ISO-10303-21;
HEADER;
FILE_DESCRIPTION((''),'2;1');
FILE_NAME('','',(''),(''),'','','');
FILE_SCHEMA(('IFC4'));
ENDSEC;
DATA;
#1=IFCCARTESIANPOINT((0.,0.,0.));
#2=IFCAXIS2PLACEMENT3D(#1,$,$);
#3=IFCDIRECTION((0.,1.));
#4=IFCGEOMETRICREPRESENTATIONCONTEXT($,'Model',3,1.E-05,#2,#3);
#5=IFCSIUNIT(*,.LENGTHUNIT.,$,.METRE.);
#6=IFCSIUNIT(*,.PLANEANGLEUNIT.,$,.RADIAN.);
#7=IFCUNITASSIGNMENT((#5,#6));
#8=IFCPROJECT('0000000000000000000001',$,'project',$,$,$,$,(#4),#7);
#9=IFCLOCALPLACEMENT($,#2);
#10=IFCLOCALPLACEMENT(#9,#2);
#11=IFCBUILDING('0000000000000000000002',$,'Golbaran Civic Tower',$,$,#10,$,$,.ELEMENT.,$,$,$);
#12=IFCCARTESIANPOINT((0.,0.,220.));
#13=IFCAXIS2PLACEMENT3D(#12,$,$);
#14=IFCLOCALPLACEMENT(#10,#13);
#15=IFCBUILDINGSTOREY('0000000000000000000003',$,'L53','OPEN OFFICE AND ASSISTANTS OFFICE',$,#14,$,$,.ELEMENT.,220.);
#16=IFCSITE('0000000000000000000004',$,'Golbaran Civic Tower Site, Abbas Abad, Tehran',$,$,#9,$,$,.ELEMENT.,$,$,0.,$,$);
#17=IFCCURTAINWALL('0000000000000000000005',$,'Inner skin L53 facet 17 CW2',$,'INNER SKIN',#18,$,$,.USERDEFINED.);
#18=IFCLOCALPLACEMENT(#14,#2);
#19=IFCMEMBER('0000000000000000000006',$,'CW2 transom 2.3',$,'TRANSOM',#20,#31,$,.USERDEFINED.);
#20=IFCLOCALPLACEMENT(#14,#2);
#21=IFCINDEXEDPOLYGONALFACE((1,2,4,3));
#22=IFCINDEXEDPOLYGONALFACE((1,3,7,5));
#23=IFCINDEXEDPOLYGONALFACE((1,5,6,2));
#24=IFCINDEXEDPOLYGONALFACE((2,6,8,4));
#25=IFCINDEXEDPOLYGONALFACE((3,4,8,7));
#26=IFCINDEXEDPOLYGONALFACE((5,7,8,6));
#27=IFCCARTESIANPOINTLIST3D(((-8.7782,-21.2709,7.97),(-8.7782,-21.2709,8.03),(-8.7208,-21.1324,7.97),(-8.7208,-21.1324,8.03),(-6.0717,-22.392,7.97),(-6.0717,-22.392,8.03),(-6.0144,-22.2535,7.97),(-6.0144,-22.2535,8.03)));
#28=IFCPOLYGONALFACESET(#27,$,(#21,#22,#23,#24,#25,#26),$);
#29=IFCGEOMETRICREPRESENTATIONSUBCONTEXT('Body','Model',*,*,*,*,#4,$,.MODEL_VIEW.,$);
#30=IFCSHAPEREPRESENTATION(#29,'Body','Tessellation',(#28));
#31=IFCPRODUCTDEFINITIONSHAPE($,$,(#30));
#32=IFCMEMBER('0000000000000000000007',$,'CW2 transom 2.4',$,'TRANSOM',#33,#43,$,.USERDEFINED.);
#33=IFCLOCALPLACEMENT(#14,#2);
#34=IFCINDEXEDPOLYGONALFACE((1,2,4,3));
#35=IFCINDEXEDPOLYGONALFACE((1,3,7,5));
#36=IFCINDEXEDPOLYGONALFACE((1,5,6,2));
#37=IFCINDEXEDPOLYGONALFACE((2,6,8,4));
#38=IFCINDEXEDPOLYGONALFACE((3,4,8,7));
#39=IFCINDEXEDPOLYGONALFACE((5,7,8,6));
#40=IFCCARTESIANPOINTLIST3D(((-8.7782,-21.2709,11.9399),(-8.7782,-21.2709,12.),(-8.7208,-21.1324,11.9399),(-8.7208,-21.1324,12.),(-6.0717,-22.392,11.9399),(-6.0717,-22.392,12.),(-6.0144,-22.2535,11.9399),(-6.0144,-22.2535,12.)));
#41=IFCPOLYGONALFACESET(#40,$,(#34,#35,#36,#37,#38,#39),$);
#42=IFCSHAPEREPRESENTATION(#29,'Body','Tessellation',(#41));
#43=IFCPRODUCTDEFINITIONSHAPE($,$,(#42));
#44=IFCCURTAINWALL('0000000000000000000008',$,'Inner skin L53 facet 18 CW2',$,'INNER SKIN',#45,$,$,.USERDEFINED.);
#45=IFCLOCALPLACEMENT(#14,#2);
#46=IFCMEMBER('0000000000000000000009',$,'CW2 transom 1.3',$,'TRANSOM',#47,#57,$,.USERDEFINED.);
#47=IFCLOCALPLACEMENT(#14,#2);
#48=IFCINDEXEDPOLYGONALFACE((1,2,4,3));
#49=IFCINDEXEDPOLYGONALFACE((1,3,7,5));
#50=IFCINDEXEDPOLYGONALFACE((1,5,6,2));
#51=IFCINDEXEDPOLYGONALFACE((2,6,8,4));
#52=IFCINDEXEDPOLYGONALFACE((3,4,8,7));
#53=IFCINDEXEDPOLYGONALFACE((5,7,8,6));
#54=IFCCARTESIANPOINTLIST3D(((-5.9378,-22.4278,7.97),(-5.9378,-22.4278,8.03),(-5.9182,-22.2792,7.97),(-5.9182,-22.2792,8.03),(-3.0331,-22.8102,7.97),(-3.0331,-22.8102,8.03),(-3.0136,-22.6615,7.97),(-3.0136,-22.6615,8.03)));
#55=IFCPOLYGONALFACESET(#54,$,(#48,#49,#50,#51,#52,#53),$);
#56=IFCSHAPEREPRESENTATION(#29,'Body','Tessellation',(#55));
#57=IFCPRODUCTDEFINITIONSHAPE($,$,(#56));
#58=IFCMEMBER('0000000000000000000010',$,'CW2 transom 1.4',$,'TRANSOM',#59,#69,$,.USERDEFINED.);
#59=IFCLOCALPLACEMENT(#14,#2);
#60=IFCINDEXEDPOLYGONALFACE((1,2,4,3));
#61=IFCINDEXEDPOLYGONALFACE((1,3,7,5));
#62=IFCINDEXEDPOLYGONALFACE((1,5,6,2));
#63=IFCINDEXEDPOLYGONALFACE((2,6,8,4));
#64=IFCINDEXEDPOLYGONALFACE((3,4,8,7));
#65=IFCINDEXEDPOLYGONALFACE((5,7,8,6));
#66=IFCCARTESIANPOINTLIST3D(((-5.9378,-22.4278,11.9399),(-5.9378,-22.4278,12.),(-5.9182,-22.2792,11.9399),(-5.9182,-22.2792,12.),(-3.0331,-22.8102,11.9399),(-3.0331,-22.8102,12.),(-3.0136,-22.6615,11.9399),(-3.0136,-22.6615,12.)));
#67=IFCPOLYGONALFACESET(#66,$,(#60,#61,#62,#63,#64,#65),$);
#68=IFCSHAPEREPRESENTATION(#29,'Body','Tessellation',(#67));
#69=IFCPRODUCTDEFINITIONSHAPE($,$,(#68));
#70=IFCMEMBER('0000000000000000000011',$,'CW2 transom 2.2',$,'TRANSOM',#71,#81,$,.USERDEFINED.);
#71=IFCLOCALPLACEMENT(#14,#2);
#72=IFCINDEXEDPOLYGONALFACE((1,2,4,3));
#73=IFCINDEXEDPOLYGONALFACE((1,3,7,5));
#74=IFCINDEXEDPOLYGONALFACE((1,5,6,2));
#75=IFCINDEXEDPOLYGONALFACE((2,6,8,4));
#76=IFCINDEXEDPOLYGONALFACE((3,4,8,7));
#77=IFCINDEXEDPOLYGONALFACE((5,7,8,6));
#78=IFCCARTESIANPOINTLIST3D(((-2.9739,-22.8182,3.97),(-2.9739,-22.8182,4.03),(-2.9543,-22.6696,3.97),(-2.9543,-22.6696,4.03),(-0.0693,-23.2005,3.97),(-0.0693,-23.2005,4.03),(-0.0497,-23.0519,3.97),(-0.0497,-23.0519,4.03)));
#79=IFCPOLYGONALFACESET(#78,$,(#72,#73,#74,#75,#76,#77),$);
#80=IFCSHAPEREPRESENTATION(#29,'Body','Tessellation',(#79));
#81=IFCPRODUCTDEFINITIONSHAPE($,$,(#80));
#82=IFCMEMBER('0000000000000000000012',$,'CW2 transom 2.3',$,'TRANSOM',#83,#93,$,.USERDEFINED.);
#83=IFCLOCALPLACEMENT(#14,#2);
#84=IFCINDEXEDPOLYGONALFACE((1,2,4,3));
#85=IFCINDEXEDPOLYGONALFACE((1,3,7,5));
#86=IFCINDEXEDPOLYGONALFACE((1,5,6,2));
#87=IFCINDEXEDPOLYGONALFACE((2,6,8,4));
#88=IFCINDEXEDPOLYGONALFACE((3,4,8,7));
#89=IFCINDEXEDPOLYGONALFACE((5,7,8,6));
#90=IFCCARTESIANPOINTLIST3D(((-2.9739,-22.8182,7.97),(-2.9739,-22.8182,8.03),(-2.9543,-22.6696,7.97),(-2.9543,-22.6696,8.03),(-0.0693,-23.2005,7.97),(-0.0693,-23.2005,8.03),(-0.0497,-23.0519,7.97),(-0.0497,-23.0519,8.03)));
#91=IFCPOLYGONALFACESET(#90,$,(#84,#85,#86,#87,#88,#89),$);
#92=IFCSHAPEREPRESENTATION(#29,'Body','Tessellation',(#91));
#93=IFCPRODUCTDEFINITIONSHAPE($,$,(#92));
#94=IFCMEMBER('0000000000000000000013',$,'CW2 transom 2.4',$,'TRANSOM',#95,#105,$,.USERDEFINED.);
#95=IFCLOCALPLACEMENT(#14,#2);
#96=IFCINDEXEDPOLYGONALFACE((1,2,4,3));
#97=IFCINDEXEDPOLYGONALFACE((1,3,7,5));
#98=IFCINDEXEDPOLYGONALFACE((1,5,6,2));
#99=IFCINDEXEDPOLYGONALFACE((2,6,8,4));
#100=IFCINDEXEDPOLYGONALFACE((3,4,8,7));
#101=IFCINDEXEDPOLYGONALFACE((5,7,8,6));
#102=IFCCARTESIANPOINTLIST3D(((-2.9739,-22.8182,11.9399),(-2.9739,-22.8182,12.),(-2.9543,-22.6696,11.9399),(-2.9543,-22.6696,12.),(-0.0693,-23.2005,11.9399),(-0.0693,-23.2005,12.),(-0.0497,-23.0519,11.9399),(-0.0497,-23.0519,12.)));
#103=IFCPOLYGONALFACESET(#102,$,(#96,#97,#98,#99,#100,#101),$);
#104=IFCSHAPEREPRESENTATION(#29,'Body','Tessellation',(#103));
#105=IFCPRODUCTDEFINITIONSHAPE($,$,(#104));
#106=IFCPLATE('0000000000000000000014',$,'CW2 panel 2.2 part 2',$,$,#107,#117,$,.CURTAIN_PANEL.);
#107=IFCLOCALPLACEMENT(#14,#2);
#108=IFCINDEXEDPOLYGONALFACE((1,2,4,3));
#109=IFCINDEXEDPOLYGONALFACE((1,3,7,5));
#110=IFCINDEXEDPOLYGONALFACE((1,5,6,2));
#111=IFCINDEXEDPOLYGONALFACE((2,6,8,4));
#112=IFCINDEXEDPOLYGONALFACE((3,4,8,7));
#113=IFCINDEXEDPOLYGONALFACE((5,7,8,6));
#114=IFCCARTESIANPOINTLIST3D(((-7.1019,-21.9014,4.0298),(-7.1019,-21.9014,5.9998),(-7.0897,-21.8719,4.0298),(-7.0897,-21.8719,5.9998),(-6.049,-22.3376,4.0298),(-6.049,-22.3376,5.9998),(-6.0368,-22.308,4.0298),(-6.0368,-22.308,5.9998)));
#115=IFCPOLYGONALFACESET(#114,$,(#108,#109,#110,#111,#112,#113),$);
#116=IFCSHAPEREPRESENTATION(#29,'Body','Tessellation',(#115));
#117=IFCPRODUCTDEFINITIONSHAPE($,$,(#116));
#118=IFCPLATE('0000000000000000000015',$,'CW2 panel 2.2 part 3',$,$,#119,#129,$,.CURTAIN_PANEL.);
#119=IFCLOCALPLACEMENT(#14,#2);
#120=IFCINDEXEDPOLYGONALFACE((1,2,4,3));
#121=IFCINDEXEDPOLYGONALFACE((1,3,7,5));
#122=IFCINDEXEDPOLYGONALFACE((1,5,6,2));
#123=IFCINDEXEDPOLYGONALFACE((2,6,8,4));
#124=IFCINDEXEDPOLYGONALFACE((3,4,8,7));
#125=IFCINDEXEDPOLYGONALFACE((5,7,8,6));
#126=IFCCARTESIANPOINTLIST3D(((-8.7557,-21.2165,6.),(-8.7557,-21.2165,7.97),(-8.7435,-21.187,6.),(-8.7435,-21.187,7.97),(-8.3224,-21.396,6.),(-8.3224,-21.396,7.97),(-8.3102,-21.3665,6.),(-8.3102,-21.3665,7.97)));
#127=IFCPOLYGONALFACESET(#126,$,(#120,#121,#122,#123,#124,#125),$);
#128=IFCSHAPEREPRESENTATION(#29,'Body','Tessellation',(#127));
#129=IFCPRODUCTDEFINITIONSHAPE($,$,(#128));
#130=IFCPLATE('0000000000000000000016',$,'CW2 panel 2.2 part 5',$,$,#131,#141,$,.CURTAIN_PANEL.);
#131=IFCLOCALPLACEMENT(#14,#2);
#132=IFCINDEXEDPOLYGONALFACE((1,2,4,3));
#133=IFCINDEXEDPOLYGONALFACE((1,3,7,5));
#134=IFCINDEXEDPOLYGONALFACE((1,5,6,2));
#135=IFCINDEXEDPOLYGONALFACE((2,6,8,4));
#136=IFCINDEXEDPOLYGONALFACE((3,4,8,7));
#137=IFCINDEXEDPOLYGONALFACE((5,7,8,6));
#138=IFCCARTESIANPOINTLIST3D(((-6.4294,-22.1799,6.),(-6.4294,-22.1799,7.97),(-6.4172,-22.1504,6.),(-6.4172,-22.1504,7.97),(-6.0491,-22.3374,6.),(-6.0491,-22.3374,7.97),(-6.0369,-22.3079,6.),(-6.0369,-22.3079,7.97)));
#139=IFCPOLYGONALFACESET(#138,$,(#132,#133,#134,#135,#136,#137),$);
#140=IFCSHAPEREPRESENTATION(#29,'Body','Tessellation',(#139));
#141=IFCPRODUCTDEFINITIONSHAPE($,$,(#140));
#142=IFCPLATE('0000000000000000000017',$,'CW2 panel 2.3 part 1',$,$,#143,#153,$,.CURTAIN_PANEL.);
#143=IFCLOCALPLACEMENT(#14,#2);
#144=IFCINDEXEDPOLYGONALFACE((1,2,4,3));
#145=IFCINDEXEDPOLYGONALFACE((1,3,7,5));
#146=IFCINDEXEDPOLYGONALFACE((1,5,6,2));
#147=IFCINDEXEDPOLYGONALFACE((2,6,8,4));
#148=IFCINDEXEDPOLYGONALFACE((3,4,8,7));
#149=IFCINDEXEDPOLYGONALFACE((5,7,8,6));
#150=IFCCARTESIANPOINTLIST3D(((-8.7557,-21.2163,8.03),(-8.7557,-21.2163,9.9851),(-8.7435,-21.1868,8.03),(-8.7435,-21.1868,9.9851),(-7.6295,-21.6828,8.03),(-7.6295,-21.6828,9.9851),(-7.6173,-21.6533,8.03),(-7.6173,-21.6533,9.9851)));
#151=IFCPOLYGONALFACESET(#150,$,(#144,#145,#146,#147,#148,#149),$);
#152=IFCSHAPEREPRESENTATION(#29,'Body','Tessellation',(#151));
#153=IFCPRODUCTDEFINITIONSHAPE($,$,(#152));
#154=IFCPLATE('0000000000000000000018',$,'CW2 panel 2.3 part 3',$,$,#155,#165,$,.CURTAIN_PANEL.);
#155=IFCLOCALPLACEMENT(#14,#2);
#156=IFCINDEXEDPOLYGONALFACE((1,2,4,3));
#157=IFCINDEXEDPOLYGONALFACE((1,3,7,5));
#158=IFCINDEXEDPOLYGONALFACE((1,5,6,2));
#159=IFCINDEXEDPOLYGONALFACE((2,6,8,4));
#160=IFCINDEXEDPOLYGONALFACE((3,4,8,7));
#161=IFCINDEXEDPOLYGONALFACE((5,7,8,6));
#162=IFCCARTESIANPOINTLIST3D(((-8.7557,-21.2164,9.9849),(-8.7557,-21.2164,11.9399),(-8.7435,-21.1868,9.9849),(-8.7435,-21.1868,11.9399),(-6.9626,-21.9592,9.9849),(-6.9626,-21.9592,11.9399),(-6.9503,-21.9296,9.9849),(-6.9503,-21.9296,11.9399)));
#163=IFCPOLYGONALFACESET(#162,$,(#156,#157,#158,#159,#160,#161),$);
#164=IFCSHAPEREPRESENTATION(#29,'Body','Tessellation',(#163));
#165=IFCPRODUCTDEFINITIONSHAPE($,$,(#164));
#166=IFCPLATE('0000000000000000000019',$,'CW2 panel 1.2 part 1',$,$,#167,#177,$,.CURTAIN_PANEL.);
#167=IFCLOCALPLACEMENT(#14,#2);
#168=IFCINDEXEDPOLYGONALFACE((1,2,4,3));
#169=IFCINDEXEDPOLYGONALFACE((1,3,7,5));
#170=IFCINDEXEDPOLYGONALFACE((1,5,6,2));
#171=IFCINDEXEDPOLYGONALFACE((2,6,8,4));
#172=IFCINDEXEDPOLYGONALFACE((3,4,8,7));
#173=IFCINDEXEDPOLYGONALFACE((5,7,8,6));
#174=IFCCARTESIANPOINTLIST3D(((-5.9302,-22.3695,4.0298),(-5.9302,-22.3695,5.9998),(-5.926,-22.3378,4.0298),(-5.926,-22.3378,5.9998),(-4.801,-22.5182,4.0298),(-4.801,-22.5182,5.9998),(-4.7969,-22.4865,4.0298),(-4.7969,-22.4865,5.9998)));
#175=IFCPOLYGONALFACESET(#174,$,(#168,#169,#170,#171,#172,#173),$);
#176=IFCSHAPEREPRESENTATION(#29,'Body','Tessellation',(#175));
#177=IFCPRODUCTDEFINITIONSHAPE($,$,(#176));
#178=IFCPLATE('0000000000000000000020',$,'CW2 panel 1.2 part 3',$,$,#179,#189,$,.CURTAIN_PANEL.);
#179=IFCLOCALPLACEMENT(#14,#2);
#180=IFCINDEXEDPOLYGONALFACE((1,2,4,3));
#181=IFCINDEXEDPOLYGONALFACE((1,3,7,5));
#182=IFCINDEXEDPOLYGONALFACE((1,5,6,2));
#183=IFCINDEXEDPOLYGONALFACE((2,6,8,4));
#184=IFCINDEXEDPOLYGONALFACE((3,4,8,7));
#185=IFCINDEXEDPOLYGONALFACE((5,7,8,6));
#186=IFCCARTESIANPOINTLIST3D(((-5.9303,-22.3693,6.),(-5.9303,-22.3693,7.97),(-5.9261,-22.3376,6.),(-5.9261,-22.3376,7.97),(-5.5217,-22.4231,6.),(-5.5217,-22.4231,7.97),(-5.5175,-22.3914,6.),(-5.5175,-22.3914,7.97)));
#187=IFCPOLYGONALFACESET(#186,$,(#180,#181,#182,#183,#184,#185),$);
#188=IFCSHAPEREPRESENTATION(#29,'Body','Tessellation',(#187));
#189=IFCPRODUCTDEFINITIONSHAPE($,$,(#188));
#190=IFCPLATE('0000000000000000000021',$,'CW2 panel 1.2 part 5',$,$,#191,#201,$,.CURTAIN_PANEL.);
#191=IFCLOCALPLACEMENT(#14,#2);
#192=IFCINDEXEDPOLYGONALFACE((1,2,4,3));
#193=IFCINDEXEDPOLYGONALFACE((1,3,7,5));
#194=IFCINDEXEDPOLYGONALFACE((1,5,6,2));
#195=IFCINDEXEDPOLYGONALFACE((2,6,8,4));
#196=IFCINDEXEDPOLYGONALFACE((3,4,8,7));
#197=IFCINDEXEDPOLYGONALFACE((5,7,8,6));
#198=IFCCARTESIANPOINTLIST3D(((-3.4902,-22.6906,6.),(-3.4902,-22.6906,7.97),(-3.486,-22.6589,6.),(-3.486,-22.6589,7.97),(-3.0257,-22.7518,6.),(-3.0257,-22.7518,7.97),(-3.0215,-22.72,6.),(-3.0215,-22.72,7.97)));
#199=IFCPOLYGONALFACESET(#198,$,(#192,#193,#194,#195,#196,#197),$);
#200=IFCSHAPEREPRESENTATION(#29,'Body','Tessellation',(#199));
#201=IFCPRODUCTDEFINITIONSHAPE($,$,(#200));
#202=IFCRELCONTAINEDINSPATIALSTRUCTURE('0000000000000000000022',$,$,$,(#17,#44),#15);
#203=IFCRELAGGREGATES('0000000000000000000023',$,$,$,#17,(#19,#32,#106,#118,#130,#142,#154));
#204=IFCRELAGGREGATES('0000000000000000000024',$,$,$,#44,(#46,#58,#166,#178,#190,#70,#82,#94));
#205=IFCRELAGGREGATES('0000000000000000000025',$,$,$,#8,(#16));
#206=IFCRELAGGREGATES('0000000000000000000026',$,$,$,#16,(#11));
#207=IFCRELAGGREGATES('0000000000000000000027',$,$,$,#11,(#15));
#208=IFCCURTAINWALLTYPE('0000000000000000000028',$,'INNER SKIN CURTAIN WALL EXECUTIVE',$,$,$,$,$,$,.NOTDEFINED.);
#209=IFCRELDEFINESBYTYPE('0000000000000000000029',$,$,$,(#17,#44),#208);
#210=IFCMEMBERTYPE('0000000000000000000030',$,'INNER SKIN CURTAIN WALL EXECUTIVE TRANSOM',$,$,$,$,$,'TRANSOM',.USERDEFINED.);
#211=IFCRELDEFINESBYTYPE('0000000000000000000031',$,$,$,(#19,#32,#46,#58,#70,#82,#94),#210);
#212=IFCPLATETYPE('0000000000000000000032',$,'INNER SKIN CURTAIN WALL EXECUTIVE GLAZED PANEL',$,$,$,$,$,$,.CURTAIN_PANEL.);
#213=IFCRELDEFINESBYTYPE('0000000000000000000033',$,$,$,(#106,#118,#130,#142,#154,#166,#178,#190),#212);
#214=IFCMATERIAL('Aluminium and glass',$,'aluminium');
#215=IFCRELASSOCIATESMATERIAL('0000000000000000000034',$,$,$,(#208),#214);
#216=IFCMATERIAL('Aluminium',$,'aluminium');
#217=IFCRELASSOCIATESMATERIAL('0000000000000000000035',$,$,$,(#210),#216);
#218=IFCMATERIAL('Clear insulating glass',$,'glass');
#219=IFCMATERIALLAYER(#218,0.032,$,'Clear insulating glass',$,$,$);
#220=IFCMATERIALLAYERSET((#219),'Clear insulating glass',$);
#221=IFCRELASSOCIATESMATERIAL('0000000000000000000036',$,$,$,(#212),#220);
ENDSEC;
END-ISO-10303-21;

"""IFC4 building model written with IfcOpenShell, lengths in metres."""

from ifc_helpers import new_model, si_unit, direction, frame, origin, origin_2d, place, context, subcontext, project, spatial, rectangle, extrude, material, layer, layer_set, material_profile, profile_set, type_object, element, aggregate, save


model = new_model("IFC4")

# Units and contexts
model_context = context("Model", 3, precision=1e-05, world=origin(), true_north=direction((0.0, 1.0)))
body_context = subcontext(model_context, "Body", "Model", "MODEL_VIEW")
ifc_project = project(units=[si_unit("LENGTHUNIT", "METRE"), si_unit("PLANEANGLEUNIT", "RADIAN")], contexts=[model_context])

# Site, building, storey
site_placement = place(None, origin())
site = spatial("IfcSite", under=ifc_project, at=site_placement, Name="Golbaran Civic Tower Site, Abbas Abad, Tehran", CompositionType="ELEMENT", RefElevation=0.0)
building_placement = place(site_placement, origin())
building = spatial("IfcBuilding", under=site, at=building_placement, Name="Golbaran Civic Tower", CompositionType="ELEMENT")
storey_placement = place(building_placement, frame((0.0, 0.0, 220.0)))
storey = spatial("IfcBuildingStorey", under=building, at=storey_placement, Name="L53", Description="OPEN OFFICE AND ASSISTANTS OFFICE", CompositionType="ELEMENT", Elevation=220.0)

# Curtain walls, members
ifc_material_1 = material(Name="Aluminium and glass", Category="aluminium")
curtain_wall_type = type_object("IfcCurtainWallType", Name="INNER SKIN CURTAIN WALL EXECUTIVE", PredefinedType="NOTDEFINED", material=ifc_material_1)
curtain_wall_1_placement = place(storey_placement, origin())
curtain_wall_1 = element("IfcCurtainWall", 1, at=curtain_wall_1_placement, inside=storey, type_object=curtain_wall_type, Name="Inner skin L53 facet 17 CW2", ObjectType="INNER SKIN", PredefinedType="USERDEFINED")
ifc_material_2 = material(Name="Aluminium", Category="aluminium")
ifc_material_profile = material_profile(ifc_material_2, rectangle(XDim=0.1499, YDim=0.0601, at=origin_2d()), Name="INNER SKIN CURTAIN WALL EXECUTIVE TRANSOM")
ifc_profile_set = profile_set([ifc_material_profile], Name="Aluminium")
member_type = type_object("IfcMemberType", Name="INNER SKIN CURTAIN WALL EXECUTIVE TRANSOM", ElementType="TRANSOM", PredefinedType="USERDEFINED", material=ifc_profile_set)
member_1_placement = place(storey_placement, frame((-8.7495, -21.2017, 8.0), z_axis=(0.923879, -0.382685, 0.0), x_axis=(0.382685, 0.923879, 0.0)))
member_1 = element("IfcMember", 2, at=member_1_placement, type_object=member_type, Name="CW2 transom 2.3", ObjectType="TRANSOM", PredefinedType="USERDEFINED", context=body_context, shape_type="SweptSolid", body=[
    extrude(rectangle(XDim=0.1499, YDim=0.0601, at=origin_2d()), origin(), (0.0, 0.0, 1.0), 2.9294),
])
member_2_placement = place(storey_placement, frame((-8.7495, -21.2017, 11.97), z_axis=(0.923879, -0.382685, 0.0), x_axis=(0.382685, 0.923879, 0.0)))
member_2 = element("IfcMember", 3, at=member_2_placement, type_object=member_type, Name="CW2 transom 2.4", ObjectType="TRANSOM", PredefinedType="USERDEFINED", context=body_context, shape_type="SweptSolid", body=[
    extrude(rectangle(XDim=0.1499, YDim=0.0601, at=origin_2d()), origin(), (0.0, 0.0, 1.0), 2.9294),
])
curtain_wall_2_placement = place(storey_placement, origin())
curtain_wall_2 = element("IfcCurtainWall", 4, at=curtain_wall_2_placement, inside=storey, type_object=curtain_wall_type, Name="Inner skin L53 facet 18 CW2", ObjectType="INNER SKIN", PredefinedType="USERDEFINED")
member_3_placement = place(storey_placement, frame((-5.928, -22.3535, 8.0), z_axis=(0.991448, -0.130504, 0.0), x_axis=(0.130504, 0.991448, 0.0)))
member_3 = element("IfcMember", 5, at=member_3_placement, type_object=member_type, Name="CW2 transom 1.3", ObjectType="TRANSOM", PredefinedType="USERDEFINED", context=body_context, shape_type="SweptSolid", body=[
    extrude(rectangle(XDim=0.1499, YDim=0.0601, at=origin_2d()), origin(), (0.0, 0.0, 1.0), 2.9297),
])
member_4_placement = place(storey_placement, frame((-5.928, -22.3535, 11.97), z_axis=(0.991448, -0.130504, 0.0), x_axis=(0.130504, 0.991448, 0.0)))
member_4 = element("IfcMember", 6, at=member_4_placement, type_object=member_type, Name="CW2 transom 1.4", ObjectType="TRANSOM", PredefinedType="USERDEFINED", context=body_context, shape_type="SweptSolid", body=[
    extrude(rectangle(XDim=0.1499, YDim=0.0601, at=origin_2d()), origin(), (0.0, 0.0, 1.0), 2.9297),
])
member_5_placement = place(storey_placement, frame((-2.9641, -22.7439, 4.0), z_axis=(0.991448, -0.130504, 0.0), x_axis=(0.130504, 0.991448, 0.0)))
member_5 = element("IfcMember", 7, at=member_5_placement, type_object=member_type, Name="CW2 transom 2.2", ObjectType="TRANSOM", PredefinedType="USERDEFINED", context=body_context, shape_type="SweptSolid", body=[
    extrude(rectangle(XDim=0.1499, YDim=0.0601, at=origin_2d()), origin(), (0.0, 0.0, 1.0), 2.9297),
])
member_6_placement = place(storey_placement, frame((-2.9641, -22.7439, 8.0), z_axis=(0.991448, -0.130504, 0.0), x_axis=(0.130504, 0.991448, 0.0)))
member_6 = element("IfcMember", 8, at=member_6_placement, type_object=member_type, Name="CW2 transom 2.3", ObjectType="TRANSOM", PredefinedType="USERDEFINED", context=body_context, shape_type="SweptSolid", body=[
    extrude(rectangle(XDim=0.1499, YDim=0.0601, at=origin_2d()), origin(), (0.0, 0.0, 1.0), 2.9297),
])
member_7_placement = place(storey_placement, frame((-2.9641, -22.7439, 11.97), z_axis=(0.991448, -0.130504, 0.0), x_axis=(0.130504, 0.991448, 0.0)))
member_7 = element("IfcMember", 9, at=member_7_placement, type_object=member_type, Name="CW2 transom 2.4", ObjectType="TRANSOM", PredefinedType="USERDEFINED", context=body_context, shape_type="SweptSolid", body=[
    extrude(rectangle(XDim=0.1499, YDim=0.0601, at=origin_2d()), origin(), (0.0, 0.0, 1.0), 2.9297),
])

# Plates
ifc_material_3 = material(Name="Clear insulating glass", Category="glass")
ifc_layer_1 = layer(ifc_material_3, 0.032, Name="Clear insulating glass")
ifc_layer_set_1 = layer_set([ifc_layer_1], Name="Clear insulating glass")
plate_type_1 = type_object("IfcPlateType", Name="INNER SKIN CURTAIN WALL EXECUTIVE GLAZED PANEL", PredefinedType="CURTAIN_PANEL", material=ifc_layer_set_1)
plate_1_placement = place(storey_placement, frame((-6.5693, -22.1047, 4.0298), z_axis=(0.0, 0.0, 1.0), x_axis=(0.92388, -0.382683, 0.0)))
plate_1 = element("IfcPlate", 10, at=plate_1_placement, type_object=plate_type_1, Name="CW2 panel 2.2 part 2", PredefinedType="CURTAIN_PANEL", context=body_context, shape_type="SweptSolid", body=[
    extrude(rectangle(XDim=1.1396, YDim=0.032, at=origin_2d()), origin(), (0.0, 0.0, 1.0), 1.97),
])
plate_2_placement = place(storey_placement, frame((-8.533, -21.2915, 6.0), z_axis=(0.0, 0.0, 1.0), x_axis=(0.92388, -0.382683, 0.0)))
plate_2 = element("IfcPlate", 11, at=plate_2_placement, type_object=plate_type_1, Name="CW2 panel 2.2 part 3", PredefinedType="CURTAIN_PANEL", context=body_context, shape_type="SweptSolid", body=[
    extrude(rectangle(XDim=0.469, YDim=0.032, at=origin_2d()), origin(), (0.0, 0.0, 1.0), 1.97),
])
plate_3_placement = place(storey_placement, frame((-6.2332, -22.2439, 6.0), z_axis=(0.0, 0.0, 1.0), x_axis=(0.92388, -0.382683, 0.0)))
plate_3 = element("IfcPlate", 12, at=plate_3_placement, type_object=plate_type_1, Name="CW2 panel 2.2 part 5", PredefinedType="CURTAIN_PANEL", context=body_context, shape_type="SweptSolid", body=[
    extrude(rectangle(XDim=0.4116, YDim=0.032, at=origin_2d()), origin(), (0.0, 0.0, 1.0), 1.97),
])
plate_4_placement = place(storey_placement, frame((-8.1865, -21.4348, 8.03), z_axis=(0.0, 0.0, 1.0), x_axis=(0.92388, -0.382683, 0.0)))
plate_4 = element("IfcPlate", 13, at=plate_4_placement, type_object=plate_type_1, Name="CW2 panel 2.3 part 1", PredefinedType="CURTAIN_PANEL", context=body_context, shape_type="SweptSolid", body=[
    extrude(rectangle(XDim=1.219, YDim=0.032, at=origin_2d()), origin(), (0.0, 0.0, 1.0), 1.9551),
])
plate_5_placement = place(storey_placement, frame((-7.853, -21.573, 9.9849), z_axis=(0.0, 0.0, 1.0), x_axis=(0.92388, -0.382683, 0.0)))
plate_5 = element("IfcPlate", 14, at=plate_5_placement, type_object=plate_type_1, Name="CW2 panel 2.3 part 3", PredefinedType="CURTAIN_PANEL", context=body_context, shape_type="SweptSolid", body=[
    extrude(rectangle(XDim=1.9409, YDim=0.032, at=origin_2d()), origin(), (0.0, 0.0, 1.0), 1.9551),
])
plate_6_placement = place(storey_placement, frame((-5.3635, -22.428, 4.0298), z_axis=(0.0, 0.0, 1.0), x_axis=(0.991445, -0.130526, 0.0)))
plate_6 = element("IfcPlate", 15, at=plate_6_placement, type_object=plate_type_1, Name="CW2 panel 1.2 part 1", PredefinedType="CURTAIN_PANEL", context=body_context, shape_type="SweptSolid", body=[
    extrude(rectangle(XDim=1.1389, YDim=0.032, at=origin_2d()), origin(), (0.0, 0.0, 1.0), 1.97),
])
plate_7_placement = place(storey_placement, frame((-5.7239, -22.3804, 6.0), z_axis=(0.0, 0.0, 1.0), x_axis=(0.991445, -0.130526, 0.0)))
plate_7 = element("IfcPlate", 16, at=plate_7_placement, type_object=plate_type_1, Name="CW2 panel 1.2 part 3", PredefinedType="CURTAIN_PANEL", context=body_context, shape_type="SweptSolid", body=[
    extrude(rectangle(XDim=0.4121, YDim=0.032, at=origin_2d()), origin(), (0.0, 0.0, 1.0), 1.97),
])
plate_8_placement = place(storey_placement, frame((-3.2559, -22.7053, 6.0), z_axis=(0.0, 0.0, 1.0), x_axis=(0.991445, -0.130526, 0.0)))
plate_8 = element("IfcPlate", 17, at=plate_8_placement, type_object=plate_type_1, Name="CW2 panel 1.2 part 5", PredefinedType="CURTAIN_PANEL", context=body_context, shape_type="SweptSolid", body=[
    extrude(rectangle(XDim=0.4685, YDim=0.032, at=origin_2d()), origin(), (0.0, 0.0, 1.0), 1.97),
])
aggregate(curtain_wall_1, [member_1, member_2, plate_1, plate_2, plate_3, plate_4, plate_5])
aggregate(curtain_wall_2, [member_3, member_4, plate_6, plate_7, plate_8, member_5, member_6, member_7])

save(model, "model.ifc")
